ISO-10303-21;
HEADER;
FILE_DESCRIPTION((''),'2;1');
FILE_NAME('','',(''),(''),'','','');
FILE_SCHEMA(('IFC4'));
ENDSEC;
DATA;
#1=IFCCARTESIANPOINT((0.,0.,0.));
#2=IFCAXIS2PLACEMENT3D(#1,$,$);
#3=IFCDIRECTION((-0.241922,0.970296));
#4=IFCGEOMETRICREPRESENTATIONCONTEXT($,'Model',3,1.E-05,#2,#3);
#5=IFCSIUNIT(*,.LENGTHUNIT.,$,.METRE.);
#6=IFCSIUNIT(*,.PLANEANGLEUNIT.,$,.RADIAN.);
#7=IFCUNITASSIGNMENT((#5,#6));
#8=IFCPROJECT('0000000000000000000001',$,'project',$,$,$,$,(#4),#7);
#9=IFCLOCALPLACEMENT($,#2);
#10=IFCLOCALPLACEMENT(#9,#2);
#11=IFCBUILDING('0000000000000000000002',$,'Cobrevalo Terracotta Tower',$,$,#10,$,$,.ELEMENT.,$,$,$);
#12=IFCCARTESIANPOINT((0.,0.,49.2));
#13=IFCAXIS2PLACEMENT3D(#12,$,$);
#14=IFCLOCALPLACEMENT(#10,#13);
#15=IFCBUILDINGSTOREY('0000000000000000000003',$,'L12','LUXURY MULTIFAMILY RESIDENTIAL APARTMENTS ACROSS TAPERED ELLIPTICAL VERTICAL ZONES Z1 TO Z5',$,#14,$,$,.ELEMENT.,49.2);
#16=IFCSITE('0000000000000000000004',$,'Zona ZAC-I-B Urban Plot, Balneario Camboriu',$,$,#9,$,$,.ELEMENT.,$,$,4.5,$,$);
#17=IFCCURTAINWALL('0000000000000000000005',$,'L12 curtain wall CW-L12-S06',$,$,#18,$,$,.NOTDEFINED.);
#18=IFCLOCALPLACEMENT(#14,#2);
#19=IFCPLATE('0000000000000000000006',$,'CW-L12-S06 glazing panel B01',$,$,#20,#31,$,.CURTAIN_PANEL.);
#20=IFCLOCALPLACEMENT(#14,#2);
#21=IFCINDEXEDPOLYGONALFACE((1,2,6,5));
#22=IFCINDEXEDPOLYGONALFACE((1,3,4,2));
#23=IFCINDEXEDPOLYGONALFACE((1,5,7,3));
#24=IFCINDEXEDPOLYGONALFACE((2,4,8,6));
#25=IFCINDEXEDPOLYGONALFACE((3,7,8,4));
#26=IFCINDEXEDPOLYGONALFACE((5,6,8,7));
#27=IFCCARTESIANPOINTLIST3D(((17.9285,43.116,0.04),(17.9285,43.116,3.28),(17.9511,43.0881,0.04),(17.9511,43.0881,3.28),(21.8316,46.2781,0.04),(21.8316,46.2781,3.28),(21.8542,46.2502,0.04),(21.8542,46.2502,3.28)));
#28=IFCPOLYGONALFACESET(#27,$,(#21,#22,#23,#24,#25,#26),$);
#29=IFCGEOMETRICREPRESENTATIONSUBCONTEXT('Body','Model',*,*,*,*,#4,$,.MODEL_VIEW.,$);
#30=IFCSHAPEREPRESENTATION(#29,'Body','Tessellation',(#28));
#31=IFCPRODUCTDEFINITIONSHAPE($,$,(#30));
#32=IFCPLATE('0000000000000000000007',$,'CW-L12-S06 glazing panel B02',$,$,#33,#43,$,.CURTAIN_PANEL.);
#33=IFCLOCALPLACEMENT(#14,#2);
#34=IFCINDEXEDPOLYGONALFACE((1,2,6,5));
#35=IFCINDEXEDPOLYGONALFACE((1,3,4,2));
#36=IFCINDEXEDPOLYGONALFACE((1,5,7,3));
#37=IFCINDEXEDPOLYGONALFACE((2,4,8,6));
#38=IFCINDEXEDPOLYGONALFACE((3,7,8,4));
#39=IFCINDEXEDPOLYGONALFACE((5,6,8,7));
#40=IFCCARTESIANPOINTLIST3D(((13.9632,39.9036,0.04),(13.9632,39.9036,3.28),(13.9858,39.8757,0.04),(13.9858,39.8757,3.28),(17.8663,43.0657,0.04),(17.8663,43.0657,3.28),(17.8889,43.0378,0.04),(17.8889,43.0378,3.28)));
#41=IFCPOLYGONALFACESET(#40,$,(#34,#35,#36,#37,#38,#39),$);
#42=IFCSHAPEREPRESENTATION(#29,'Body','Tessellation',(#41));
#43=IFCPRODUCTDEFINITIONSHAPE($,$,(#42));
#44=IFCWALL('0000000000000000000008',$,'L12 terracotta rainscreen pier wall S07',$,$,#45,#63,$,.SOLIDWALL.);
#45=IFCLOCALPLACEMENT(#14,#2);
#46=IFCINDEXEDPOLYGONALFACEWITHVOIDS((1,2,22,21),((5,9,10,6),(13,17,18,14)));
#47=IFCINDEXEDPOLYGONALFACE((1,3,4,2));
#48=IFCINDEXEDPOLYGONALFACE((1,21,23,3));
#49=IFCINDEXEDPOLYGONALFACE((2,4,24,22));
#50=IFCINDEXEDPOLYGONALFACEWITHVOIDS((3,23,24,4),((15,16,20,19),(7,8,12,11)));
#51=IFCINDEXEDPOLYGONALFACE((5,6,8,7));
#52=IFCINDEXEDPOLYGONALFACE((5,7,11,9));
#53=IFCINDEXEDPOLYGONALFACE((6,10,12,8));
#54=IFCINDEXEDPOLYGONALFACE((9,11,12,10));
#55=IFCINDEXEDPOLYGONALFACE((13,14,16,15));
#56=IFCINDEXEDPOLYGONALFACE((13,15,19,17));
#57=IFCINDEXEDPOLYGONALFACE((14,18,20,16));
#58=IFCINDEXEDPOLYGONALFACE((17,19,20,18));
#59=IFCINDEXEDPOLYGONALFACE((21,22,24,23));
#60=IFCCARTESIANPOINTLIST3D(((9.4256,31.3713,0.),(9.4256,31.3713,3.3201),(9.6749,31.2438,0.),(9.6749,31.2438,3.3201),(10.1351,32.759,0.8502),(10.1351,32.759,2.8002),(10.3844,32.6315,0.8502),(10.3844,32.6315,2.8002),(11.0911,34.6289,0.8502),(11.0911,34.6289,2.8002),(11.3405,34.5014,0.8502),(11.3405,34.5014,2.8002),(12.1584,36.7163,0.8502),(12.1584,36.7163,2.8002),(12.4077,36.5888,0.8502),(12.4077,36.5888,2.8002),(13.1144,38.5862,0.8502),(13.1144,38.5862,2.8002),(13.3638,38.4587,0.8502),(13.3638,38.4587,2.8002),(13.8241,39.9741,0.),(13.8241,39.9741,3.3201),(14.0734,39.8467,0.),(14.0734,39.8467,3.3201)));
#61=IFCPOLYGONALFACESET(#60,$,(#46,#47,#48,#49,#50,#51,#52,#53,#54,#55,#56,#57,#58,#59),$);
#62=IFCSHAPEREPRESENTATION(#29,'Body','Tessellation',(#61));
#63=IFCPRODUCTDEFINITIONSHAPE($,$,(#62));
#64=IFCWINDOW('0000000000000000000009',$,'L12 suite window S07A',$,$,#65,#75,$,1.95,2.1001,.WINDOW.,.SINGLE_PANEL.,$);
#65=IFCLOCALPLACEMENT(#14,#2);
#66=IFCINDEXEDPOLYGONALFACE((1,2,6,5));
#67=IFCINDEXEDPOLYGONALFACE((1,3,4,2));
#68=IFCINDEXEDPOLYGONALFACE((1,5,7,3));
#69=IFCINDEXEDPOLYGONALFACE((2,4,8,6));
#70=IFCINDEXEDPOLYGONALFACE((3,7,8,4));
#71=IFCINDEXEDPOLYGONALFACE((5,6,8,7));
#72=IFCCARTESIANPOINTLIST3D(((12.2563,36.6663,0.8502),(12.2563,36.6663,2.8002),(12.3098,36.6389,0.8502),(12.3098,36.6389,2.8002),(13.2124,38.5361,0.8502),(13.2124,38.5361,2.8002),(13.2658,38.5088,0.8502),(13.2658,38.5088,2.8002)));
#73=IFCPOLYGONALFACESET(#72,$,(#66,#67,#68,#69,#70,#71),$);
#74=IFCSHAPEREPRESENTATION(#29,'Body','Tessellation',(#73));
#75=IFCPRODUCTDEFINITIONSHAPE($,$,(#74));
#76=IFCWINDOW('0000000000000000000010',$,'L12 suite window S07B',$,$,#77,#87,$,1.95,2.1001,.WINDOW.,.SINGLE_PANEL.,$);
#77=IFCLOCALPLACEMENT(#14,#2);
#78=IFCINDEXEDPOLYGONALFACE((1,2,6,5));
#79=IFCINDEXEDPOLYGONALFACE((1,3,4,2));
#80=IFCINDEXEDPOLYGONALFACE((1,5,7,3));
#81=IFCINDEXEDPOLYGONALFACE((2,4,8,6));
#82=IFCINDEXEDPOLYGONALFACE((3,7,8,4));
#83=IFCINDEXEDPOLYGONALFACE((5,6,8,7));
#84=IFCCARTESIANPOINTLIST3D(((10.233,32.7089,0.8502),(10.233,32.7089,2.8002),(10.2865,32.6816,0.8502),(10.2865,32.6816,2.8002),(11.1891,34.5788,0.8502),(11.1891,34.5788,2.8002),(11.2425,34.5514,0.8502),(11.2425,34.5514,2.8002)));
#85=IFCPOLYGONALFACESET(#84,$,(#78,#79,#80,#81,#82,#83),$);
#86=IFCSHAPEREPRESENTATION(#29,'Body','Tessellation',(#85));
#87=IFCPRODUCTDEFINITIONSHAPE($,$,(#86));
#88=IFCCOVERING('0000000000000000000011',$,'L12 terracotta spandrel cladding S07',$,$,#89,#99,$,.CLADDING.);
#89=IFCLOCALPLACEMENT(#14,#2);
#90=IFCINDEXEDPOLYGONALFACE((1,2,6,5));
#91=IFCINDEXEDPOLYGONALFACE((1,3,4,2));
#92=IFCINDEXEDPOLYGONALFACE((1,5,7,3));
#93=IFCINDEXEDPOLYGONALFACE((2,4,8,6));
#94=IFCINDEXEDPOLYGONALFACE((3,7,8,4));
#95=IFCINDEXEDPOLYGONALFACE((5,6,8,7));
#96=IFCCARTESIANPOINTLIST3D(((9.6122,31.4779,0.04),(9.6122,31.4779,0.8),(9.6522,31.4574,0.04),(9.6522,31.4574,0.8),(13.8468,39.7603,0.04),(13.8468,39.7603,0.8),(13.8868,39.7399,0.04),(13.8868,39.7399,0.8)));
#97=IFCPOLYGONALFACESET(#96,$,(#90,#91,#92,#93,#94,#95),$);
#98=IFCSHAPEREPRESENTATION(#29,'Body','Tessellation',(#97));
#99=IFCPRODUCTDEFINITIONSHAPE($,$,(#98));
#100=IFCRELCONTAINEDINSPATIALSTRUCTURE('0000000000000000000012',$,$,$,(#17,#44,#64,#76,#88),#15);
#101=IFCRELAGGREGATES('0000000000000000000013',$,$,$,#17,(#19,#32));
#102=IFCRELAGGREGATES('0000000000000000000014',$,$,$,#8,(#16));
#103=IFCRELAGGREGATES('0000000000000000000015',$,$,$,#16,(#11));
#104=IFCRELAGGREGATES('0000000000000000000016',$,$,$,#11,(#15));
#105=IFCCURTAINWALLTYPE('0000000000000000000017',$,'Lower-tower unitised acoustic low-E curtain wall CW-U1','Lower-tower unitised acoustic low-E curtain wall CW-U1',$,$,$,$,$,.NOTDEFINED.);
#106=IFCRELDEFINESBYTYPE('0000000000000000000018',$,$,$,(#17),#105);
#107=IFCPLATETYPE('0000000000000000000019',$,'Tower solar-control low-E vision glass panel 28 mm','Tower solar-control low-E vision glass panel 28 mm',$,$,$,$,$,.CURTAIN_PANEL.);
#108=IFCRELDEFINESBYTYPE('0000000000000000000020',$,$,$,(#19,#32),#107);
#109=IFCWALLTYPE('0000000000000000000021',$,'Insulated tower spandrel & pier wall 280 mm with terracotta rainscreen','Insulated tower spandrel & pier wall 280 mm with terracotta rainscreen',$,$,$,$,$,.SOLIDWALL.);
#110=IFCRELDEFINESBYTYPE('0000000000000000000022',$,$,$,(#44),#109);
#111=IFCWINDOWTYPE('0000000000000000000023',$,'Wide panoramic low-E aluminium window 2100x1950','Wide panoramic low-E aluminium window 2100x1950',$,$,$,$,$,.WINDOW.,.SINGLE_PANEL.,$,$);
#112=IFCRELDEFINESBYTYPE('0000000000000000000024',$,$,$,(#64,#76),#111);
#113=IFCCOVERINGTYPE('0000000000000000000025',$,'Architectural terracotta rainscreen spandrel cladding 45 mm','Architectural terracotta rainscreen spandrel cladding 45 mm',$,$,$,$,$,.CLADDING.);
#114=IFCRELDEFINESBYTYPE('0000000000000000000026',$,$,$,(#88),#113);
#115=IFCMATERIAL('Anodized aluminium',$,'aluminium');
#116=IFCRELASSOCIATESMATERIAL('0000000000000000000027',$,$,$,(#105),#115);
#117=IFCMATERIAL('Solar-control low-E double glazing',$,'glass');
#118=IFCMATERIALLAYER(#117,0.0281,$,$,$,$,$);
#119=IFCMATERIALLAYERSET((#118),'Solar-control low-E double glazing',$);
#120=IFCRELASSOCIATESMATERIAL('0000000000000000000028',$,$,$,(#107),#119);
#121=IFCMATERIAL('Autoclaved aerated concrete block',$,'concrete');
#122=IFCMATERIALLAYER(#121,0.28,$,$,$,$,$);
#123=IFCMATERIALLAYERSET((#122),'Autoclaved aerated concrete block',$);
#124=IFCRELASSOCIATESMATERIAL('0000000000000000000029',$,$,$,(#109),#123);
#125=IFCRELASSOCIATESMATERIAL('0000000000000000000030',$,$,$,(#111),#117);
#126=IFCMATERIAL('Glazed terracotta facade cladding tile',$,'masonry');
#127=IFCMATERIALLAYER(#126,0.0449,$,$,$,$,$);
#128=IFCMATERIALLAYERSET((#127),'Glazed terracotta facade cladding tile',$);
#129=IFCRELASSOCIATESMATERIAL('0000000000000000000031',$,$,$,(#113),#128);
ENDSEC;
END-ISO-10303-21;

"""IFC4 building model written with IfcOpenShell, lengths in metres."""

from ifc_helpers import new_model, si_unit, direction, frame, frame_2d, origin, origin_2d, place, context, subcontext, project, spatial, rectangle, extrude, source, transform, mapped, material, layer, layer_set, type_object, element, fill, aggregate, save


model = new_model("IFC4")

# Units and contexts
model_context = context("Model", 3, precision=1e-05, world=origin(), true_north=direction((-0.241922, 0.970296)))
body_context = subcontext(model_context, "Body", "Model", "MODEL_VIEW")
ifc_project = project(units=[si_unit("LENGTHUNIT", "METRE"), si_unit("PLANEANGLEUNIT", "RADIAN")], contexts=[model_context])

# Site, building, storey
site_placement = place(None, origin())
site = spatial("IfcSite", under=ifc_project, at=site_placement, Name="Zona ZAC-I-B Urban Plot, Balneario Camboriu", CompositionType="ELEMENT", RefElevation=4.5)
building_placement = place(site_placement, origin())
building = spatial("IfcBuilding", under=site, at=building_placement, Name="Cobrevalo Terracotta Tower", CompositionType="ELEMENT")
storey_placement = place(building_placement, frame((0.0, 0.0, 49.2)))
storey = spatial("IfcBuildingStorey", under=building, at=storey_placement, Name="L12", Description="LUXURY MULTIFAMILY RESIDENTIAL APARTMENTS ACROSS TAPERED ELLIPTICAL VERTICAL ZONES Z1 TO Z5", CompositionType="ELEMENT", Elevation=49.2)

# Shared definitions
ifc_material_1 = material(Name="Anodized aluminium", Category="aluminium")
curtain_wall_type = type_object("IfcCurtainWallType", Name="Lower-tower unitised acoustic low-E curtain wall CW-U1", Description="Lower-tower unitised acoustic low-E curtain wall CW-U1", PredefinedType="NOTDEFINED", material=ifc_material_1)

# Curtain wall, plates
curtain_wall_1_placement = place(storey_placement, origin())
curtain_wall_1 = element("IfcCurtainWall", 1, at=curtain_wall_1_placement, inside=storey, type_object=curtain_wall_type, Name="L12 curtain wall CW-L12-S06", PredefinedType="NOTDEFINED")
ifc_material_2 = material(Name="Solar-control low-E double glazing", Category="glass")
ifc_layer_1 = layer(ifc_material_2, 0.0281)
ifc_layer_set_1 = layer_set([ifc_layer_1], Name="Solar-control low-E double glazing")
plate_type = type_object("IfcPlateType", Name="Tower solar-control low-E vision glass panel 28 mm", Description="Tower solar-control low-E vision glass panel 28 mm", PredefinedType="CURTAIN_PANEL", material=ifc_layer_set_1)
shared_shape_1 = source(origin(), body_context, "Body", "SweptSolid", [
    extrude(rectangle(XDim=5.0232, YDim=0.0359, at=origin_2d()), origin(), (0.0, 0.0, 1.0), 3.24),
])
plate_1_placement = place(storey_placement, frame((19.8914, 44.6831, 0.04), z_axis=(0.0, 0.0, 1.0), x_axis=(-0.777008, -0.629491, 0.0)))
plate_1 = element("IfcPlate", 2, at=plate_1_placement, type_object=plate_type, Name="CW-L12-S06 glazing panel B01", PredefinedType="CURTAIN_PANEL", context=body_context, shape_type="MappedRepresentation", body=[
    mapped(shared_shape_1, transform((0.0, 0.0, 0.0), scale=1.0)),
])
plate_2_placement = place(storey_placement, frame((15.926, 41.4707, 0.04), z_axis=(0.0, 0.0, 1.0), x_axis=(-0.777008, -0.629491, 0.0)))
plate_2 = element("IfcPlate", 3, at=plate_2_placement, type_object=plate_type, Name="CW-L12-S06 glazing panel B02", PredefinedType="CURTAIN_PANEL", context=body_context, shape_type="MappedRepresentation", body=[
    mapped(shared_shape_1, transform((0.0, 0.0, 0.0), scale=1.0)),
])
aggregate(curtain_wall_1, [plate_1, plate_2])

# Wall, openings, windows
ifc_material_3 = material(Name="Autoclaved aerated concrete block", Category="concrete")
ifc_layer_2 = layer(ifc_material_3, 0.28)
ifc_layer_set_2 = layer_set([ifc_layer_2], Name="Autoclaved aerated concrete block")
wall_type = type_object("IfcWallType", Name="Insulated tower spandrel & pier wall 280 mm with terracotta rainscreen", Description="Insulated tower spandrel & pier wall 280 mm with terracotta rainscreen", PredefinedType="SOLIDWALL", material=ifc_layer_set_2)
wall_placement = place(storey_placement, frame((13.9487, 39.9104, 0.0), z_axis=(0.0, 0.0, 1.0), x_axis=(-0.455231, -0.890373, 0.0)))
wall = element("IfcWall", 4, at=wall_placement, inside=storey, type_object=wall_type, Name="L12 terracotta rainscreen pier wall S07", PredefinedType="SOLIDWALL", context=body_context, shape_type="SweptSolid", body=[
    extrude(rectangle(XDim=9.6621, YDim=0.28, at=frame_2d((4.8311, 0.0))), origin(), (0.0, 0.0, 1.0), 3.3201),
])
opening_1_placement = place(wall_placement, frame((1.5588, 0.0, 0.8501)))
opening_1 = element("IfcOpeningElement", 5, at=opening_1_placement, cuts=wall, PredefinedType="OPENING", context=body_context, shape_type="SweptSolid", body=[
    extrude(rectangle(XDim=2.1001, YDim=1.95, at=frame_2d((1.05, 0.9751))), frame((0.0, 0.1499, 0.0), z_axis=(0.0, -1.0, 0.0), x_axis=(1.0, 0.0, 0.0)), (0.0, 0.0, 1.0), 0.3),
])
opening_2_placement = place(wall_placement, frame((6.0034, 0.0, 0.8501)))
opening_2 = element("IfcOpeningElement", 6, at=opening_2_placement, cuts=wall, PredefinedType="OPENING", context=body_context, shape_type="SweptSolid", body=[
    extrude(rectangle(XDim=2.1001, YDim=1.95, at=frame_2d((1.05, 0.9751))), frame((0.0, 0.1499, 0.0), z_axis=(0.0, -1.0, 0.0), x_axis=(1.0, 0.0, 0.0)), (0.0, 0.0, 1.0), 0.3),
])
window_type = type_object("IfcWindowType", Name="Wide panoramic low-E aluminium window 2100x1950", Description="Wide panoramic low-E aluminium window 2100x1950", PartitioningType="SINGLE_PANEL", PredefinedType="WINDOW", material=ifc_material_2)
shared_shape_2 = source(origin(), body_context, "Body", "SweptSolid", [
    extrude(rectangle(XDim=2.1001, YDim=1.95, at=frame_2d((1.05, 0.9751))), frame((0.0, 0.03, 0.0), z_axis=(0.0, -1.0, 0.0), x_axis=(1.0, 0.0, 0.0)), (0.0, 0.0, 1.0), 0.0601),
])
window_1_placement = place(opening_1_placement, origin())
window_1 = element("IfcWindow", 7, at=window_1_placement, inside=storey, type_object=window_type, Name="L12 suite window S07A", OverallHeight=1.95, OverallWidth=2.1001, PartitioningType="SINGLE_PANEL", PredefinedType="WINDOW", context=body_context, shape_type="MappedRepresentation", body=[
    mapped(shared_shape_2, transform((0.0, 0.0, 0.0), scale=1.0)),
])
fill(opening_1, window_1)
window_2_placement = place(opening_2_placement, origin())
window_2 = element("IfcWindow", 8, at=window_2_placement, inside=storey, type_object=window_type, Name="L12 suite window S07B", OverallHeight=1.95, OverallWidth=2.1001, PartitioningType="SINGLE_PANEL", PredefinedType="WINDOW", context=body_context, shape_type="MappedRepresentation", body=[
    mapped(shared_shape_2, transform((0.0, 0.0, 0.0), scale=1.0)),
])
fill(opening_2, window_2)

# Covering
ifc_material_4 = material(Name="Glazed terracotta facade cladding tile", Category="masonry")
ifc_layer_3 = layer(ifc_material_4, 0.0449)
ifc_layer_set_3 = layer_set([ifc_layer_3], Name="Glazed terracotta facade cladding tile")
covering_type = type_object("IfcCoveringType", Name="Architectural terracotta rainscreen spandrel cladding 45 mm", Description="Architectural terracotta rainscreen spandrel cladding 45 mm", PredefinedType="CLADDING", material=ifc_layer_set_3)
shared_shape_3 = source(origin(), body_context, "Body", "SweptSolid", [
    extrude(rectangle(XDim=9.3022, YDim=0.0449, at=origin_2d()), origin(), (0.0, 0.0, 1.0), 0.76),
])
covering_placement = place(storey_placement, frame((11.7495, 35.6089, 0.04), z_axis=(0.0, 0.0, 1.0), x_axis=(-0.455231, -0.890373, 0.0)))
element("IfcCovering", 9, at=covering_placement, inside=storey, type_object=covering_type, Name="L12 terracotta spandrel cladding S07", PredefinedType="CLADDING", context=body_context, shape_type="MappedRepresentation", body=[
    mapped(shared_shape_3, transform((0.0, 0.0, 0.0), scale=1.0)),
])

save(model, "model.ifc")
